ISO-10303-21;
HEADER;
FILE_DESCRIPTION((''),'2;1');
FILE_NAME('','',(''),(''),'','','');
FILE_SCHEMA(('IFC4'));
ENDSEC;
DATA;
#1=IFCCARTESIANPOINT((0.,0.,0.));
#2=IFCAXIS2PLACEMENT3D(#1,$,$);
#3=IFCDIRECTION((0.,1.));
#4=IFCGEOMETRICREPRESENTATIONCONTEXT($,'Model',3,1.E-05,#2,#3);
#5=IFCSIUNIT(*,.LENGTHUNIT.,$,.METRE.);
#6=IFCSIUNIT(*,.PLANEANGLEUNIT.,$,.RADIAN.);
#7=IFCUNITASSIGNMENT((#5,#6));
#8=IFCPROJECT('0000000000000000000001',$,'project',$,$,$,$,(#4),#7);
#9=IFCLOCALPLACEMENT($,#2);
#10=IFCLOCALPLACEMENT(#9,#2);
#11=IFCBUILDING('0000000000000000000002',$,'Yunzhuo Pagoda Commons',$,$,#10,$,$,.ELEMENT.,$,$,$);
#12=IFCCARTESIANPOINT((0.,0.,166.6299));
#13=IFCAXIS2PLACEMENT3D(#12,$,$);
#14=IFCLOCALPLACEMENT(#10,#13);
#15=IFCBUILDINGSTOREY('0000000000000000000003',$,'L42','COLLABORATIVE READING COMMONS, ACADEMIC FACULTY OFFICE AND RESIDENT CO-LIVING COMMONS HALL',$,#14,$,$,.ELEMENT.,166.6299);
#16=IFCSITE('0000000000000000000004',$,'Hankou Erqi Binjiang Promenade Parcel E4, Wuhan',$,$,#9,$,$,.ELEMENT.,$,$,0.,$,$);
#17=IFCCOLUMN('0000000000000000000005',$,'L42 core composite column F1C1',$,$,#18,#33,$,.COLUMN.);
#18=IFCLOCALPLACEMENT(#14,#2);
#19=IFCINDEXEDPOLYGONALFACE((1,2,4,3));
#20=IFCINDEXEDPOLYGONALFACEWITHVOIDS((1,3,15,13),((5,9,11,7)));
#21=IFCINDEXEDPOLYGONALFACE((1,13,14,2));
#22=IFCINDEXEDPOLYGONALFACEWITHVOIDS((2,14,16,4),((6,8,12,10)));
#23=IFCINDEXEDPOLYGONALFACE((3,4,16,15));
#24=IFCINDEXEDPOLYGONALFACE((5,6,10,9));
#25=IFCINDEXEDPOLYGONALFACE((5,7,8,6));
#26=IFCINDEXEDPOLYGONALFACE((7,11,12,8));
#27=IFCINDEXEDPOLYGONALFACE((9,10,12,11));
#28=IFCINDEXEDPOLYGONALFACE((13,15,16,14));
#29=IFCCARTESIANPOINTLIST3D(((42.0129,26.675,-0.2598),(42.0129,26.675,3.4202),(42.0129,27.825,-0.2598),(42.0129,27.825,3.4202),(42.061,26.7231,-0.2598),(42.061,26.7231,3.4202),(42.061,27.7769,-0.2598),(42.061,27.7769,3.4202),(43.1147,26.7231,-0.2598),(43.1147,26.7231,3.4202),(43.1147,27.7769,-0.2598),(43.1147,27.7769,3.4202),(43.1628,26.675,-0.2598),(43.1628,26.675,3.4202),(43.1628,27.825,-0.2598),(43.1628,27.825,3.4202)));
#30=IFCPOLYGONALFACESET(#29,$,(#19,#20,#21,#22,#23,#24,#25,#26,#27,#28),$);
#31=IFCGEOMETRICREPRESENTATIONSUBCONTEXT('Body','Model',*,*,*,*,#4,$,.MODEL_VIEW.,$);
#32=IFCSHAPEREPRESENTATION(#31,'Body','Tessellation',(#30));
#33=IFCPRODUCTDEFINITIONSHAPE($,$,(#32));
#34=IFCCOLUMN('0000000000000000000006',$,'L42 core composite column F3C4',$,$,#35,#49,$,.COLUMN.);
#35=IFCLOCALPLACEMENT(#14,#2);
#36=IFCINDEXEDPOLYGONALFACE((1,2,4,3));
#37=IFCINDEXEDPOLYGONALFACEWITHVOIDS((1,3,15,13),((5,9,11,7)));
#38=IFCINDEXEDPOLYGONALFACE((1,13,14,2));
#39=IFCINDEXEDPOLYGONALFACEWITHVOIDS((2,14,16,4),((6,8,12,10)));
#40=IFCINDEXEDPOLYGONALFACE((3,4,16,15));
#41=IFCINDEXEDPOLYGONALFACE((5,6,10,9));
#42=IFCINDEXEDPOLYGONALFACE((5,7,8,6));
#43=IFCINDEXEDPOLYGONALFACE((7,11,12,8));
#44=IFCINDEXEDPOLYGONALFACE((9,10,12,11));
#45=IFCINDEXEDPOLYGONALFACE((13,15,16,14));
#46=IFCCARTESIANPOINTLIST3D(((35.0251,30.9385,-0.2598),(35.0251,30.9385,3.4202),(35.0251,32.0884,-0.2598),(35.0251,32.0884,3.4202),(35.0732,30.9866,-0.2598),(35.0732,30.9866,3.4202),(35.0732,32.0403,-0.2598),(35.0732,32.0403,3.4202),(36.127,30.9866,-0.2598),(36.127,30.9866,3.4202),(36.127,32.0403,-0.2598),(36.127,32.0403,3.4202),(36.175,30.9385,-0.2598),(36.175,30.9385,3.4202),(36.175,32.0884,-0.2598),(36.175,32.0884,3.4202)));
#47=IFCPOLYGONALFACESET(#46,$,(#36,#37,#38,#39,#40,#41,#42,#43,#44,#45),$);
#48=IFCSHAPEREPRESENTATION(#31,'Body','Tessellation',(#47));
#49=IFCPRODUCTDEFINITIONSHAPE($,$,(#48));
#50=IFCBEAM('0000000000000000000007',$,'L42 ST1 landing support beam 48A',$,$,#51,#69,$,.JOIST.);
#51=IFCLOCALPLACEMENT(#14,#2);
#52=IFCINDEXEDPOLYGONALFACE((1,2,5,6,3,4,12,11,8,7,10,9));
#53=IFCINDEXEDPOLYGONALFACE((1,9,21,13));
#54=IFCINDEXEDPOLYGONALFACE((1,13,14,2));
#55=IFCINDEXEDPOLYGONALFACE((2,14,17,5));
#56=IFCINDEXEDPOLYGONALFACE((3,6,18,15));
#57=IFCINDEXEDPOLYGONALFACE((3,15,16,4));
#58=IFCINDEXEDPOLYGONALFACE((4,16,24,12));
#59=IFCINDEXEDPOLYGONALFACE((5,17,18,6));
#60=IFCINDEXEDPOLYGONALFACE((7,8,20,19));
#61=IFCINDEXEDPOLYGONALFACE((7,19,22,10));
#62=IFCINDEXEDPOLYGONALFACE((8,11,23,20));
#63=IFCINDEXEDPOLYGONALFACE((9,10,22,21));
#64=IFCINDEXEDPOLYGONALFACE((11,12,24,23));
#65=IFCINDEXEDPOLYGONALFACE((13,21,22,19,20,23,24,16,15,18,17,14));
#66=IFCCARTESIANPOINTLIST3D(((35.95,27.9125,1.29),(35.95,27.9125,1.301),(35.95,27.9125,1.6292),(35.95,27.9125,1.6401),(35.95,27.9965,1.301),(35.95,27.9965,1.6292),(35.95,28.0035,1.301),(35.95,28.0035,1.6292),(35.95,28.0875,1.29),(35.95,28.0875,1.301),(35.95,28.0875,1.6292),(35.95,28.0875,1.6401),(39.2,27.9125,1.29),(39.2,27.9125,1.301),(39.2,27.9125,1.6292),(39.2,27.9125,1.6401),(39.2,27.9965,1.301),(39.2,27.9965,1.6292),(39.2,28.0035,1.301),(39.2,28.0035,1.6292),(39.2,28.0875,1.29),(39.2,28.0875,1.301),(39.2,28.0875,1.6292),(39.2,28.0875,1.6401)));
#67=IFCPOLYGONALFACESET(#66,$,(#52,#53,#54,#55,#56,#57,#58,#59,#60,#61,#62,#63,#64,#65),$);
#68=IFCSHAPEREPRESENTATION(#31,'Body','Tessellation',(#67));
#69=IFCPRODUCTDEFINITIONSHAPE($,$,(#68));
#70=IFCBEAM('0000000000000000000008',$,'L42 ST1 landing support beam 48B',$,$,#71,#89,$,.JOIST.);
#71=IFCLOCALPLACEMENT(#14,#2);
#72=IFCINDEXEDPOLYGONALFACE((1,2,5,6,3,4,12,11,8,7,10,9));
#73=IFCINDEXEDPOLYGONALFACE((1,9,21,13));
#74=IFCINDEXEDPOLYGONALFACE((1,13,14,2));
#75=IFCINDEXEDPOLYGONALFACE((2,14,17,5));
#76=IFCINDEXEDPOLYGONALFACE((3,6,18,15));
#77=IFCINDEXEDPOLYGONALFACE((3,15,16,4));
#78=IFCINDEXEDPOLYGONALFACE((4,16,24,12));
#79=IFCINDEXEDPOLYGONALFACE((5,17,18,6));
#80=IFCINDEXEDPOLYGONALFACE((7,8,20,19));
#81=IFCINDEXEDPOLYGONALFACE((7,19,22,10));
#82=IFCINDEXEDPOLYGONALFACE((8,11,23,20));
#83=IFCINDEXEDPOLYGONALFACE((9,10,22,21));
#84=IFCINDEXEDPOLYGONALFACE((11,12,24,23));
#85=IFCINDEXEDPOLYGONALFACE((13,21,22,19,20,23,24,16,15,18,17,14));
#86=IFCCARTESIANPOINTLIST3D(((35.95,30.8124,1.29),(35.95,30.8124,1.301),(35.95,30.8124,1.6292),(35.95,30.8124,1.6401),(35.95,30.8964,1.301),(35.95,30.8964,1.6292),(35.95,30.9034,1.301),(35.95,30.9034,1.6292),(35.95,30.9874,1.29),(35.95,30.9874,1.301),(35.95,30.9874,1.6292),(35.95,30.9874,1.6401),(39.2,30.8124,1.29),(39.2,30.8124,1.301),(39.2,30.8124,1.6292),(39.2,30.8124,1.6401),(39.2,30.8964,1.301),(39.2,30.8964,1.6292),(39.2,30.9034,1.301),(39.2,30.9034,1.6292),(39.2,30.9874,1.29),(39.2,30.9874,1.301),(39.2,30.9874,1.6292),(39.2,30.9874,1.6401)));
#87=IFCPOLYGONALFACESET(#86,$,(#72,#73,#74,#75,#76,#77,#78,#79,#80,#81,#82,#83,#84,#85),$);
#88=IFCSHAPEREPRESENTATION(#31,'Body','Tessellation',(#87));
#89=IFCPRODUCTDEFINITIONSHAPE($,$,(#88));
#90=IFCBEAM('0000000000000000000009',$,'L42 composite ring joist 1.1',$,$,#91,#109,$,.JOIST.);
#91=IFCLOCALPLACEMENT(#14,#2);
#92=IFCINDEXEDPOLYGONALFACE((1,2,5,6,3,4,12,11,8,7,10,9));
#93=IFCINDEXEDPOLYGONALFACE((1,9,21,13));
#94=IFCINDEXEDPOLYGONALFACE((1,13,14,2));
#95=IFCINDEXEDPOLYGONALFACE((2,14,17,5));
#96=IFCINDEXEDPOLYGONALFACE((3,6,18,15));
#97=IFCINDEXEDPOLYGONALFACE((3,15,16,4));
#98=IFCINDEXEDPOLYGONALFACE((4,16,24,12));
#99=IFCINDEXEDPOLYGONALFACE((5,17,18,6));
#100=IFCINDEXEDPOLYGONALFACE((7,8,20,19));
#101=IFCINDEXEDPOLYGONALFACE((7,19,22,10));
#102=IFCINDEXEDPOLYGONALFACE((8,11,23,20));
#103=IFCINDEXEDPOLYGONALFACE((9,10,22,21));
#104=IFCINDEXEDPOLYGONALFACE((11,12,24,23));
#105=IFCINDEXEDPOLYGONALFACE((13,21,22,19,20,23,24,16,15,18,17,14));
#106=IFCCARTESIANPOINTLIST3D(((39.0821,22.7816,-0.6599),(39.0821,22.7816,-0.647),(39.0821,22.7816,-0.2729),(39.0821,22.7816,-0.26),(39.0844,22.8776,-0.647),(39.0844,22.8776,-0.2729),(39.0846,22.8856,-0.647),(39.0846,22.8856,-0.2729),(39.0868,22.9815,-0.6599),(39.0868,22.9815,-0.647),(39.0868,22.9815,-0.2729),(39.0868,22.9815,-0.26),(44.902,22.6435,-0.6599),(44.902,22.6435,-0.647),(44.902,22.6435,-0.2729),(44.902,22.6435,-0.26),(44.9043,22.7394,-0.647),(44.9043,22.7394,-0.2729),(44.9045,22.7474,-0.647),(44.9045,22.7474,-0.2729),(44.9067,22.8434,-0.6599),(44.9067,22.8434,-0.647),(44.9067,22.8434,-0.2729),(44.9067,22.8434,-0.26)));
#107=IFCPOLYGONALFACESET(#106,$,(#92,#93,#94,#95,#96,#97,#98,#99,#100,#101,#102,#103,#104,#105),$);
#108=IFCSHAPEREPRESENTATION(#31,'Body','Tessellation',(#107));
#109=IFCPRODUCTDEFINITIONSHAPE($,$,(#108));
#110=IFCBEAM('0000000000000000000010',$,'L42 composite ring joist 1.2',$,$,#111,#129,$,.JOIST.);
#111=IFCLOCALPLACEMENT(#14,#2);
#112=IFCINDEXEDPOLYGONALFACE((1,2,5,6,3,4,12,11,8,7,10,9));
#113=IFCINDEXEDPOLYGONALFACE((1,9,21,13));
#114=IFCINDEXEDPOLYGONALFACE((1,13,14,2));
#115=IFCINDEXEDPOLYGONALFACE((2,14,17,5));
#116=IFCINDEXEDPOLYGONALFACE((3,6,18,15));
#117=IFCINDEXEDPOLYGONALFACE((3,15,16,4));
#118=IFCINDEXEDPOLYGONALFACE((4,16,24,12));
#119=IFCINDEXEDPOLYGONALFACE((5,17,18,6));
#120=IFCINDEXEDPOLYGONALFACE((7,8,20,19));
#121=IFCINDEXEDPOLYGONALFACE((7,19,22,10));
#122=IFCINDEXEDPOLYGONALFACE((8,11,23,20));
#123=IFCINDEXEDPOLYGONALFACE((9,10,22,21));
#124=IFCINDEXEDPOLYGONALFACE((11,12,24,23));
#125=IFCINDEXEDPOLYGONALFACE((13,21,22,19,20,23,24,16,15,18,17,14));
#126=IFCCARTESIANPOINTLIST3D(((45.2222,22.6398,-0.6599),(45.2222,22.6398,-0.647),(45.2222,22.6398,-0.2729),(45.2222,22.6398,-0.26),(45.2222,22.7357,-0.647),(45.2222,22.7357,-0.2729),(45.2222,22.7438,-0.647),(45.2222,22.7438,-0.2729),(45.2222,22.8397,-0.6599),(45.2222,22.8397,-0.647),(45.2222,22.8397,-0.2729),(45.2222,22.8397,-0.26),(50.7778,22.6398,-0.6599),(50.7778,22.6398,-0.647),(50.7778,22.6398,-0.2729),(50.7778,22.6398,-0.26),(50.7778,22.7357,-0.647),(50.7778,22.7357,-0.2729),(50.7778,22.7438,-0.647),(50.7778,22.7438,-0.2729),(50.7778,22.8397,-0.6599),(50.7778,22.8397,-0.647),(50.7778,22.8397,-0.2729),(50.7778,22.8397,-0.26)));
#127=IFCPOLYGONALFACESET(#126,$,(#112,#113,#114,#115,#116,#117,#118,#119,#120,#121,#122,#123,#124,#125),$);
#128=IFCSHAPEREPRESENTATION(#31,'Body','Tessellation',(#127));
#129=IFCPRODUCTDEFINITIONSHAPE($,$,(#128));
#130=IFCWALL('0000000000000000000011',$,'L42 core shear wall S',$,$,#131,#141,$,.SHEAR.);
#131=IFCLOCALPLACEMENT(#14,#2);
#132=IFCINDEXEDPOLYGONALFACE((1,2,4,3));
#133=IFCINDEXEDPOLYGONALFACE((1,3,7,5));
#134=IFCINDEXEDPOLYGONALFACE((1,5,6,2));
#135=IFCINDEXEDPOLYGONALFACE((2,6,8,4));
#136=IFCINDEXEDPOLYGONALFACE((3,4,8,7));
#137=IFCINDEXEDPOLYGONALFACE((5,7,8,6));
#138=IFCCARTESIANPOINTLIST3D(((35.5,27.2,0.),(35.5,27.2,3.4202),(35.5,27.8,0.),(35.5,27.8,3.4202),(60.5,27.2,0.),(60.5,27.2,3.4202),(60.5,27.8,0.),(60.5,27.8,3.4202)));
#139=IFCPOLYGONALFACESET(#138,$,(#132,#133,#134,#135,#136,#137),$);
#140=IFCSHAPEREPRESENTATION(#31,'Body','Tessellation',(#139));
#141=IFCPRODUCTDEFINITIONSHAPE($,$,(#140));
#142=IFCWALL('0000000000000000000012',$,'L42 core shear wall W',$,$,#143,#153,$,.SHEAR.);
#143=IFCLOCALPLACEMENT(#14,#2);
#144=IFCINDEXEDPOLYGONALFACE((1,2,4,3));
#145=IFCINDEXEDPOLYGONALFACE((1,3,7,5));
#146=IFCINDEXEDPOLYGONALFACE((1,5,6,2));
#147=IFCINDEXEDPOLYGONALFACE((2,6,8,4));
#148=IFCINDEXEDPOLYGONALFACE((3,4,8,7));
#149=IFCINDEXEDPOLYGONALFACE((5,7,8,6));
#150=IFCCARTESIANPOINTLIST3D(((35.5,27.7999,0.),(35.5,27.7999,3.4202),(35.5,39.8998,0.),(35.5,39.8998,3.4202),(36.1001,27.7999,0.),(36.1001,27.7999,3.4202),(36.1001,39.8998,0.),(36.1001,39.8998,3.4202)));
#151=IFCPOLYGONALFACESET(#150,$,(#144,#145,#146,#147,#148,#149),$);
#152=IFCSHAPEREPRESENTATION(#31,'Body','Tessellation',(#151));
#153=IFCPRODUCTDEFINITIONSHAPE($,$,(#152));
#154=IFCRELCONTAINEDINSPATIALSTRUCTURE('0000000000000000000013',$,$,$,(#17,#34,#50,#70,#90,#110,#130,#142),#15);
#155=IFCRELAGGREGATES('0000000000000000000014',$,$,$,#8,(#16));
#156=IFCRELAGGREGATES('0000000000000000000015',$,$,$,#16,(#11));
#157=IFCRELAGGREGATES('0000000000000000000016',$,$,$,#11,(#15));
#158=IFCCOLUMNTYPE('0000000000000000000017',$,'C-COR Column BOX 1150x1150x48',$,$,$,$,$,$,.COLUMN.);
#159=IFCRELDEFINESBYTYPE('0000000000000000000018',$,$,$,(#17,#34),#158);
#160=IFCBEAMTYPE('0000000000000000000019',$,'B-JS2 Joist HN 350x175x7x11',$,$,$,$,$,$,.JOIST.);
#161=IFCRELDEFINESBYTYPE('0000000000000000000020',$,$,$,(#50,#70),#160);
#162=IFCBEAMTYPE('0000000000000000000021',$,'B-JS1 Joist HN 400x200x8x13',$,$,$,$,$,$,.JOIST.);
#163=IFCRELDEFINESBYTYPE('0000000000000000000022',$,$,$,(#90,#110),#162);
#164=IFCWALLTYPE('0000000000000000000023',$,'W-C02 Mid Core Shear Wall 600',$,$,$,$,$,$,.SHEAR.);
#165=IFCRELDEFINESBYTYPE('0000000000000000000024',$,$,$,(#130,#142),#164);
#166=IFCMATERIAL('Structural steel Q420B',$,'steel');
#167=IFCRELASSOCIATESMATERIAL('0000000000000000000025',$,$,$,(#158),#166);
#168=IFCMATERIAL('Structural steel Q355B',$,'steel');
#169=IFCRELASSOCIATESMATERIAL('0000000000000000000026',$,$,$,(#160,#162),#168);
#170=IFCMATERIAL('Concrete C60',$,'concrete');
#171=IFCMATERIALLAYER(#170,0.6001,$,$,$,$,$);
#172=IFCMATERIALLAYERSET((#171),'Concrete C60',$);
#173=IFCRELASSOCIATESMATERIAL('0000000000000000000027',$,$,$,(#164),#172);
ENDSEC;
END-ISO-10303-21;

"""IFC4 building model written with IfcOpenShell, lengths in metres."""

from ifc_helpers import new_model, si_unit, direction, frame, frame_2d, origin, origin_2d, place, context, subcontext, project, spatial, rectangle, hollow_rectangle, i_section, extrude, source, transform, mapped, material, layer, layer_set, material_profile, profile_set, type_object, element, save


model = new_model("IFC4")

# Units and contexts
model_context = context("Model", 3, precision=1e-05, world=origin(), true_north=direction((0.0, 1.0)))
body_context = subcontext(model_context, "Body", "Model", "MODEL_VIEW")
ifc_project = project(units=[si_unit("LENGTHUNIT", "METRE"), si_unit("PLANEANGLEUNIT", "RADIAN")], contexts=[model_context])

# Site, building, storey
site_placement = place(None, origin())
site = spatial("IfcSite", under=ifc_project, at=site_placement, Name="Hankou Erqi Binjiang Promenade Parcel E4, Wuhan", CompositionType="ELEMENT", RefElevation=0.0)
building_placement = place(site_placement, origin())
building = spatial("IfcBuilding", under=site, at=building_placement, Name="Yunzhuo Pagoda Commons", CompositionType="ELEMENT")
storey_placement = place(building_placement, frame((0.0, 0.0, 166.6299)))
storey = spatial("IfcBuildingStorey", under=building, at=storey_placement, Name="L42", Description="COLLABORATIVE READING COMMONS, ACADEMIC FACULTY OFFICE AND RESIDENT CO-LIVING COMMONS HALL", CompositionType="ELEMENT", Elevation=166.6299)

# Columns
ifc_material_1 = material(Name="Structural steel Q420B", Category="steel")
ifc_material_profile_1 = material_profile(ifc_material_1, hollow_rectangle(XDim=1.1499, YDim=1.1499, WallThickness=0.0481, at=origin_2d()), Name="Structural steel Q420B")
ifc_profile_set_1 = profile_set([ifc_material_profile_1], Name="Structural steel Q420B")
column_type = type_object("IfcColumnType", Name="C-COR Column BOX 1150x1150x48", PredefinedType="COLUMN", material=ifc_profile_set_1)
shared_shape_1 = source(origin(), body_context, "Body", "SweptSolid", [
    extrude(hollow_rectangle(XDim=1.1499, YDim=1.1499, WallThickness=0.0481, at=origin_2d()), origin(), (0.0, 0.0, 1.0), 3.6799),
])
for number, where, z_axis, x_axis, name in (
    (1, (42.5879, 27.25, -0.2598), (0.0, 0.0, 1.0), (1.0, 0.0, 0.0), "L42 core composite column F1C1"),
    (2, (35.6001, 31.5134, -0.2598), (0.0, 0.0, 1.0), (1.0, 0.0, 0.0), "L42 core composite column F3C4"),
):
    element("IfcColumn", number, at=place(storey_placement, frame(where, z_axis=z_axis, x_axis=x_axis)), inside=storey, type_object=column_type, Name=name, PredefinedType="COLUMN", context=body_context, shape_type="MappedRepresentation", body=[
        mapped(shared_shape_1, transform((0.0, 0.0, 0.0), scale=1.0)),
    ])

# Beams
ifc_material_2 = material(Name="Structural steel Q355B", Category="steel")
ifc_material_profile_2 = material_profile(ifc_material_2, i_section(OverallWidth=0.175, OverallDepth=0.3501, WebThickness=0.0071, FlangeThickness=0.011, at=origin_2d()), Name="Structural steel Q355B")
ifc_profile_set_2 = profile_set([ifc_material_profile_2], Name="Structural steel Q355B")
beam_type_1 = type_object("IfcBeamType", Name="B-JS2 Joist HN 350x175x7x11", PredefinedType="JOIST", material=ifc_profile_set_2)
shared_shape_2 = source(origin(), body_context, "Body", "SweptSolid", [
    extrude(i_section(OverallWidth=0.175, OverallDepth=0.3501, WebThickness=0.0071, FlangeThickness=0.011, at=origin_2d()), origin(), (0.0, 0.0, 1.0), 3.25),
])
for number, where, z_axis, x_axis, name in (
    (3, (35.95, 28.0, 1.4651), (1.0, 0.0, 0.0), (0.0, 1.0, 0.0), "L42 ST1 landing support beam 48A"),
    (4, (35.95, 30.8999, 1.4651), (1.0, 0.0, 0.0), (0.0, 1.0, 0.0), "L42 ST1 landing support beam 48B"),
):
    element("IfcBeam", number, at=place(storey_placement, frame(where, z_axis=z_axis, x_axis=x_axis)), inside=storey, type_object=beam_type_1, Name=name, PredefinedType="JOIST", context=body_context, shape_type="MappedRepresentation", body=[
        mapped(shared_shape_2, transform((0.0, 0.0, 0.0), scale=1.0)),
    ])
ifc_material_profile_3 = material_profile(ifc_material_2, i_section(OverallWidth=0.2, OverallDepth=0.3999, WebThickness=0.0081, FlangeThickness=0.0129, at=origin_2d()), Name="Structural steel Q355B")
ifc_profile_set_3 = profile_set([ifc_material_profile_3], Name="Structural steel Q355B")
beam_type_2 = type_object("IfcBeamType", Name="B-JS1 Joist HN 400x200x8x13", PredefinedType="JOIST", material=ifc_profile_set_3)
shared_shape_3 = source(origin(), body_context, "Body", "SweptSolid", [
    extrude(i_section(OverallWidth=0.2, OverallDepth=0.3999, WebThickness=0.0081, FlangeThickness=0.0129, at=origin_2d()), origin(), (0.0, 0.0, 1.0), 5.8215),
])
beam_1_placement = place(storey_placement, frame((39.0845, 22.8816, -0.46), z_axis=(0.999718, -0.023737, 0.0), x_axis=(0.023737, 0.999718, 0.0)))
element("IfcBeam", 5, at=beam_1_placement, inside=storey, type_object=beam_type_2, Name="L42 composite ring joist 1.1", PredefinedType="JOIST", context=body_context, shape_type="MappedRepresentation", body=[
    mapped(shared_shape_3, transform((0.0, 0.0, 0.0), scale=1.0)),
])
shared_shape_4 = source(origin(), body_context, "Body", "SweptSolid", [
    extrude(i_section(OverallWidth=0.2, OverallDepth=0.3999, WebThickness=0.0081, FlangeThickness=0.0129, at=origin_2d()), origin(), (0.0, 0.0, 1.0), 5.5557),
])
beam_2_placement = place(storey_placement, frame((45.2222, 22.7397, -0.46), z_axis=(1.0, 0.0, 0.0), x_axis=(0.0, 1.0, 0.0)))
element("IfcBeam", 6, at=beam_2_placement, inside=storey, type_object=beam_type_2, Name="L42 composite ring joist 1.2", PredefinedType="JOIST", context=body_context, shape_type="MappedRepresentation", body=[
    mapped(shared_shape_4, transform((0.0, 0.0, 0.0), scale=1.0)),
])

# Walls
ifc_material_3 = material(Name="Concrete C60", Category="concrete")
ifc_layer_1 = layer(ifc_material_3, 0.6001)
ifc_layer_set_1 = layer_set([ifc_layer_1], Name="Concrete C60")
wall_type_1 = type_object("IfcWallType", Name="W-C02 Mid Core Shear Wall 600", PredefinedType="SHEAR", material=ifc_layer_set_1)
wall_1_placement = place(storey_placement, frame((35.5, 27.5, 0.0), z_axis=(0.0, 0.0, 1.0), x_axis=(1.0, 0.0, 0.0)))
element("IfcWall", 7, at=wall_1_placement, inside=storey, type_object=wall_type_1, Name="L42 core shear wall S", PredefinedType="SHEAR", context=body_context, shape_type="SweptSolid", body=[
    extrude(rectangle(XDim=25.0, YDim=0.6001, at=frame_2d((12.5, 0.0))), origin(), (0.0, 0.0, 1.0), 3.4202),
])
wall_2_placement = place(storey_placement, frame((35.8, 27.8, 0.0), z_axis=(0.0, 0.0, 1.0), x_axis=(0.0, 1.0, 0.0)))
element("IfcWall", 8, at=wall_2_placement, inside=storey, type_object=wall_type_1, Name="L42 core shear wall W", PredefinedType="SHEAR", context=body_context, shape_type="SweptSolid", body=[
    extrude(rectangle(XDim=12.0999, YDim=0.6001, at=frame_2d((6.0498, 0.0))), origin(), (0.0, 0.0, 1.0), 3.4202),
])

save(model, "model.ifc")
